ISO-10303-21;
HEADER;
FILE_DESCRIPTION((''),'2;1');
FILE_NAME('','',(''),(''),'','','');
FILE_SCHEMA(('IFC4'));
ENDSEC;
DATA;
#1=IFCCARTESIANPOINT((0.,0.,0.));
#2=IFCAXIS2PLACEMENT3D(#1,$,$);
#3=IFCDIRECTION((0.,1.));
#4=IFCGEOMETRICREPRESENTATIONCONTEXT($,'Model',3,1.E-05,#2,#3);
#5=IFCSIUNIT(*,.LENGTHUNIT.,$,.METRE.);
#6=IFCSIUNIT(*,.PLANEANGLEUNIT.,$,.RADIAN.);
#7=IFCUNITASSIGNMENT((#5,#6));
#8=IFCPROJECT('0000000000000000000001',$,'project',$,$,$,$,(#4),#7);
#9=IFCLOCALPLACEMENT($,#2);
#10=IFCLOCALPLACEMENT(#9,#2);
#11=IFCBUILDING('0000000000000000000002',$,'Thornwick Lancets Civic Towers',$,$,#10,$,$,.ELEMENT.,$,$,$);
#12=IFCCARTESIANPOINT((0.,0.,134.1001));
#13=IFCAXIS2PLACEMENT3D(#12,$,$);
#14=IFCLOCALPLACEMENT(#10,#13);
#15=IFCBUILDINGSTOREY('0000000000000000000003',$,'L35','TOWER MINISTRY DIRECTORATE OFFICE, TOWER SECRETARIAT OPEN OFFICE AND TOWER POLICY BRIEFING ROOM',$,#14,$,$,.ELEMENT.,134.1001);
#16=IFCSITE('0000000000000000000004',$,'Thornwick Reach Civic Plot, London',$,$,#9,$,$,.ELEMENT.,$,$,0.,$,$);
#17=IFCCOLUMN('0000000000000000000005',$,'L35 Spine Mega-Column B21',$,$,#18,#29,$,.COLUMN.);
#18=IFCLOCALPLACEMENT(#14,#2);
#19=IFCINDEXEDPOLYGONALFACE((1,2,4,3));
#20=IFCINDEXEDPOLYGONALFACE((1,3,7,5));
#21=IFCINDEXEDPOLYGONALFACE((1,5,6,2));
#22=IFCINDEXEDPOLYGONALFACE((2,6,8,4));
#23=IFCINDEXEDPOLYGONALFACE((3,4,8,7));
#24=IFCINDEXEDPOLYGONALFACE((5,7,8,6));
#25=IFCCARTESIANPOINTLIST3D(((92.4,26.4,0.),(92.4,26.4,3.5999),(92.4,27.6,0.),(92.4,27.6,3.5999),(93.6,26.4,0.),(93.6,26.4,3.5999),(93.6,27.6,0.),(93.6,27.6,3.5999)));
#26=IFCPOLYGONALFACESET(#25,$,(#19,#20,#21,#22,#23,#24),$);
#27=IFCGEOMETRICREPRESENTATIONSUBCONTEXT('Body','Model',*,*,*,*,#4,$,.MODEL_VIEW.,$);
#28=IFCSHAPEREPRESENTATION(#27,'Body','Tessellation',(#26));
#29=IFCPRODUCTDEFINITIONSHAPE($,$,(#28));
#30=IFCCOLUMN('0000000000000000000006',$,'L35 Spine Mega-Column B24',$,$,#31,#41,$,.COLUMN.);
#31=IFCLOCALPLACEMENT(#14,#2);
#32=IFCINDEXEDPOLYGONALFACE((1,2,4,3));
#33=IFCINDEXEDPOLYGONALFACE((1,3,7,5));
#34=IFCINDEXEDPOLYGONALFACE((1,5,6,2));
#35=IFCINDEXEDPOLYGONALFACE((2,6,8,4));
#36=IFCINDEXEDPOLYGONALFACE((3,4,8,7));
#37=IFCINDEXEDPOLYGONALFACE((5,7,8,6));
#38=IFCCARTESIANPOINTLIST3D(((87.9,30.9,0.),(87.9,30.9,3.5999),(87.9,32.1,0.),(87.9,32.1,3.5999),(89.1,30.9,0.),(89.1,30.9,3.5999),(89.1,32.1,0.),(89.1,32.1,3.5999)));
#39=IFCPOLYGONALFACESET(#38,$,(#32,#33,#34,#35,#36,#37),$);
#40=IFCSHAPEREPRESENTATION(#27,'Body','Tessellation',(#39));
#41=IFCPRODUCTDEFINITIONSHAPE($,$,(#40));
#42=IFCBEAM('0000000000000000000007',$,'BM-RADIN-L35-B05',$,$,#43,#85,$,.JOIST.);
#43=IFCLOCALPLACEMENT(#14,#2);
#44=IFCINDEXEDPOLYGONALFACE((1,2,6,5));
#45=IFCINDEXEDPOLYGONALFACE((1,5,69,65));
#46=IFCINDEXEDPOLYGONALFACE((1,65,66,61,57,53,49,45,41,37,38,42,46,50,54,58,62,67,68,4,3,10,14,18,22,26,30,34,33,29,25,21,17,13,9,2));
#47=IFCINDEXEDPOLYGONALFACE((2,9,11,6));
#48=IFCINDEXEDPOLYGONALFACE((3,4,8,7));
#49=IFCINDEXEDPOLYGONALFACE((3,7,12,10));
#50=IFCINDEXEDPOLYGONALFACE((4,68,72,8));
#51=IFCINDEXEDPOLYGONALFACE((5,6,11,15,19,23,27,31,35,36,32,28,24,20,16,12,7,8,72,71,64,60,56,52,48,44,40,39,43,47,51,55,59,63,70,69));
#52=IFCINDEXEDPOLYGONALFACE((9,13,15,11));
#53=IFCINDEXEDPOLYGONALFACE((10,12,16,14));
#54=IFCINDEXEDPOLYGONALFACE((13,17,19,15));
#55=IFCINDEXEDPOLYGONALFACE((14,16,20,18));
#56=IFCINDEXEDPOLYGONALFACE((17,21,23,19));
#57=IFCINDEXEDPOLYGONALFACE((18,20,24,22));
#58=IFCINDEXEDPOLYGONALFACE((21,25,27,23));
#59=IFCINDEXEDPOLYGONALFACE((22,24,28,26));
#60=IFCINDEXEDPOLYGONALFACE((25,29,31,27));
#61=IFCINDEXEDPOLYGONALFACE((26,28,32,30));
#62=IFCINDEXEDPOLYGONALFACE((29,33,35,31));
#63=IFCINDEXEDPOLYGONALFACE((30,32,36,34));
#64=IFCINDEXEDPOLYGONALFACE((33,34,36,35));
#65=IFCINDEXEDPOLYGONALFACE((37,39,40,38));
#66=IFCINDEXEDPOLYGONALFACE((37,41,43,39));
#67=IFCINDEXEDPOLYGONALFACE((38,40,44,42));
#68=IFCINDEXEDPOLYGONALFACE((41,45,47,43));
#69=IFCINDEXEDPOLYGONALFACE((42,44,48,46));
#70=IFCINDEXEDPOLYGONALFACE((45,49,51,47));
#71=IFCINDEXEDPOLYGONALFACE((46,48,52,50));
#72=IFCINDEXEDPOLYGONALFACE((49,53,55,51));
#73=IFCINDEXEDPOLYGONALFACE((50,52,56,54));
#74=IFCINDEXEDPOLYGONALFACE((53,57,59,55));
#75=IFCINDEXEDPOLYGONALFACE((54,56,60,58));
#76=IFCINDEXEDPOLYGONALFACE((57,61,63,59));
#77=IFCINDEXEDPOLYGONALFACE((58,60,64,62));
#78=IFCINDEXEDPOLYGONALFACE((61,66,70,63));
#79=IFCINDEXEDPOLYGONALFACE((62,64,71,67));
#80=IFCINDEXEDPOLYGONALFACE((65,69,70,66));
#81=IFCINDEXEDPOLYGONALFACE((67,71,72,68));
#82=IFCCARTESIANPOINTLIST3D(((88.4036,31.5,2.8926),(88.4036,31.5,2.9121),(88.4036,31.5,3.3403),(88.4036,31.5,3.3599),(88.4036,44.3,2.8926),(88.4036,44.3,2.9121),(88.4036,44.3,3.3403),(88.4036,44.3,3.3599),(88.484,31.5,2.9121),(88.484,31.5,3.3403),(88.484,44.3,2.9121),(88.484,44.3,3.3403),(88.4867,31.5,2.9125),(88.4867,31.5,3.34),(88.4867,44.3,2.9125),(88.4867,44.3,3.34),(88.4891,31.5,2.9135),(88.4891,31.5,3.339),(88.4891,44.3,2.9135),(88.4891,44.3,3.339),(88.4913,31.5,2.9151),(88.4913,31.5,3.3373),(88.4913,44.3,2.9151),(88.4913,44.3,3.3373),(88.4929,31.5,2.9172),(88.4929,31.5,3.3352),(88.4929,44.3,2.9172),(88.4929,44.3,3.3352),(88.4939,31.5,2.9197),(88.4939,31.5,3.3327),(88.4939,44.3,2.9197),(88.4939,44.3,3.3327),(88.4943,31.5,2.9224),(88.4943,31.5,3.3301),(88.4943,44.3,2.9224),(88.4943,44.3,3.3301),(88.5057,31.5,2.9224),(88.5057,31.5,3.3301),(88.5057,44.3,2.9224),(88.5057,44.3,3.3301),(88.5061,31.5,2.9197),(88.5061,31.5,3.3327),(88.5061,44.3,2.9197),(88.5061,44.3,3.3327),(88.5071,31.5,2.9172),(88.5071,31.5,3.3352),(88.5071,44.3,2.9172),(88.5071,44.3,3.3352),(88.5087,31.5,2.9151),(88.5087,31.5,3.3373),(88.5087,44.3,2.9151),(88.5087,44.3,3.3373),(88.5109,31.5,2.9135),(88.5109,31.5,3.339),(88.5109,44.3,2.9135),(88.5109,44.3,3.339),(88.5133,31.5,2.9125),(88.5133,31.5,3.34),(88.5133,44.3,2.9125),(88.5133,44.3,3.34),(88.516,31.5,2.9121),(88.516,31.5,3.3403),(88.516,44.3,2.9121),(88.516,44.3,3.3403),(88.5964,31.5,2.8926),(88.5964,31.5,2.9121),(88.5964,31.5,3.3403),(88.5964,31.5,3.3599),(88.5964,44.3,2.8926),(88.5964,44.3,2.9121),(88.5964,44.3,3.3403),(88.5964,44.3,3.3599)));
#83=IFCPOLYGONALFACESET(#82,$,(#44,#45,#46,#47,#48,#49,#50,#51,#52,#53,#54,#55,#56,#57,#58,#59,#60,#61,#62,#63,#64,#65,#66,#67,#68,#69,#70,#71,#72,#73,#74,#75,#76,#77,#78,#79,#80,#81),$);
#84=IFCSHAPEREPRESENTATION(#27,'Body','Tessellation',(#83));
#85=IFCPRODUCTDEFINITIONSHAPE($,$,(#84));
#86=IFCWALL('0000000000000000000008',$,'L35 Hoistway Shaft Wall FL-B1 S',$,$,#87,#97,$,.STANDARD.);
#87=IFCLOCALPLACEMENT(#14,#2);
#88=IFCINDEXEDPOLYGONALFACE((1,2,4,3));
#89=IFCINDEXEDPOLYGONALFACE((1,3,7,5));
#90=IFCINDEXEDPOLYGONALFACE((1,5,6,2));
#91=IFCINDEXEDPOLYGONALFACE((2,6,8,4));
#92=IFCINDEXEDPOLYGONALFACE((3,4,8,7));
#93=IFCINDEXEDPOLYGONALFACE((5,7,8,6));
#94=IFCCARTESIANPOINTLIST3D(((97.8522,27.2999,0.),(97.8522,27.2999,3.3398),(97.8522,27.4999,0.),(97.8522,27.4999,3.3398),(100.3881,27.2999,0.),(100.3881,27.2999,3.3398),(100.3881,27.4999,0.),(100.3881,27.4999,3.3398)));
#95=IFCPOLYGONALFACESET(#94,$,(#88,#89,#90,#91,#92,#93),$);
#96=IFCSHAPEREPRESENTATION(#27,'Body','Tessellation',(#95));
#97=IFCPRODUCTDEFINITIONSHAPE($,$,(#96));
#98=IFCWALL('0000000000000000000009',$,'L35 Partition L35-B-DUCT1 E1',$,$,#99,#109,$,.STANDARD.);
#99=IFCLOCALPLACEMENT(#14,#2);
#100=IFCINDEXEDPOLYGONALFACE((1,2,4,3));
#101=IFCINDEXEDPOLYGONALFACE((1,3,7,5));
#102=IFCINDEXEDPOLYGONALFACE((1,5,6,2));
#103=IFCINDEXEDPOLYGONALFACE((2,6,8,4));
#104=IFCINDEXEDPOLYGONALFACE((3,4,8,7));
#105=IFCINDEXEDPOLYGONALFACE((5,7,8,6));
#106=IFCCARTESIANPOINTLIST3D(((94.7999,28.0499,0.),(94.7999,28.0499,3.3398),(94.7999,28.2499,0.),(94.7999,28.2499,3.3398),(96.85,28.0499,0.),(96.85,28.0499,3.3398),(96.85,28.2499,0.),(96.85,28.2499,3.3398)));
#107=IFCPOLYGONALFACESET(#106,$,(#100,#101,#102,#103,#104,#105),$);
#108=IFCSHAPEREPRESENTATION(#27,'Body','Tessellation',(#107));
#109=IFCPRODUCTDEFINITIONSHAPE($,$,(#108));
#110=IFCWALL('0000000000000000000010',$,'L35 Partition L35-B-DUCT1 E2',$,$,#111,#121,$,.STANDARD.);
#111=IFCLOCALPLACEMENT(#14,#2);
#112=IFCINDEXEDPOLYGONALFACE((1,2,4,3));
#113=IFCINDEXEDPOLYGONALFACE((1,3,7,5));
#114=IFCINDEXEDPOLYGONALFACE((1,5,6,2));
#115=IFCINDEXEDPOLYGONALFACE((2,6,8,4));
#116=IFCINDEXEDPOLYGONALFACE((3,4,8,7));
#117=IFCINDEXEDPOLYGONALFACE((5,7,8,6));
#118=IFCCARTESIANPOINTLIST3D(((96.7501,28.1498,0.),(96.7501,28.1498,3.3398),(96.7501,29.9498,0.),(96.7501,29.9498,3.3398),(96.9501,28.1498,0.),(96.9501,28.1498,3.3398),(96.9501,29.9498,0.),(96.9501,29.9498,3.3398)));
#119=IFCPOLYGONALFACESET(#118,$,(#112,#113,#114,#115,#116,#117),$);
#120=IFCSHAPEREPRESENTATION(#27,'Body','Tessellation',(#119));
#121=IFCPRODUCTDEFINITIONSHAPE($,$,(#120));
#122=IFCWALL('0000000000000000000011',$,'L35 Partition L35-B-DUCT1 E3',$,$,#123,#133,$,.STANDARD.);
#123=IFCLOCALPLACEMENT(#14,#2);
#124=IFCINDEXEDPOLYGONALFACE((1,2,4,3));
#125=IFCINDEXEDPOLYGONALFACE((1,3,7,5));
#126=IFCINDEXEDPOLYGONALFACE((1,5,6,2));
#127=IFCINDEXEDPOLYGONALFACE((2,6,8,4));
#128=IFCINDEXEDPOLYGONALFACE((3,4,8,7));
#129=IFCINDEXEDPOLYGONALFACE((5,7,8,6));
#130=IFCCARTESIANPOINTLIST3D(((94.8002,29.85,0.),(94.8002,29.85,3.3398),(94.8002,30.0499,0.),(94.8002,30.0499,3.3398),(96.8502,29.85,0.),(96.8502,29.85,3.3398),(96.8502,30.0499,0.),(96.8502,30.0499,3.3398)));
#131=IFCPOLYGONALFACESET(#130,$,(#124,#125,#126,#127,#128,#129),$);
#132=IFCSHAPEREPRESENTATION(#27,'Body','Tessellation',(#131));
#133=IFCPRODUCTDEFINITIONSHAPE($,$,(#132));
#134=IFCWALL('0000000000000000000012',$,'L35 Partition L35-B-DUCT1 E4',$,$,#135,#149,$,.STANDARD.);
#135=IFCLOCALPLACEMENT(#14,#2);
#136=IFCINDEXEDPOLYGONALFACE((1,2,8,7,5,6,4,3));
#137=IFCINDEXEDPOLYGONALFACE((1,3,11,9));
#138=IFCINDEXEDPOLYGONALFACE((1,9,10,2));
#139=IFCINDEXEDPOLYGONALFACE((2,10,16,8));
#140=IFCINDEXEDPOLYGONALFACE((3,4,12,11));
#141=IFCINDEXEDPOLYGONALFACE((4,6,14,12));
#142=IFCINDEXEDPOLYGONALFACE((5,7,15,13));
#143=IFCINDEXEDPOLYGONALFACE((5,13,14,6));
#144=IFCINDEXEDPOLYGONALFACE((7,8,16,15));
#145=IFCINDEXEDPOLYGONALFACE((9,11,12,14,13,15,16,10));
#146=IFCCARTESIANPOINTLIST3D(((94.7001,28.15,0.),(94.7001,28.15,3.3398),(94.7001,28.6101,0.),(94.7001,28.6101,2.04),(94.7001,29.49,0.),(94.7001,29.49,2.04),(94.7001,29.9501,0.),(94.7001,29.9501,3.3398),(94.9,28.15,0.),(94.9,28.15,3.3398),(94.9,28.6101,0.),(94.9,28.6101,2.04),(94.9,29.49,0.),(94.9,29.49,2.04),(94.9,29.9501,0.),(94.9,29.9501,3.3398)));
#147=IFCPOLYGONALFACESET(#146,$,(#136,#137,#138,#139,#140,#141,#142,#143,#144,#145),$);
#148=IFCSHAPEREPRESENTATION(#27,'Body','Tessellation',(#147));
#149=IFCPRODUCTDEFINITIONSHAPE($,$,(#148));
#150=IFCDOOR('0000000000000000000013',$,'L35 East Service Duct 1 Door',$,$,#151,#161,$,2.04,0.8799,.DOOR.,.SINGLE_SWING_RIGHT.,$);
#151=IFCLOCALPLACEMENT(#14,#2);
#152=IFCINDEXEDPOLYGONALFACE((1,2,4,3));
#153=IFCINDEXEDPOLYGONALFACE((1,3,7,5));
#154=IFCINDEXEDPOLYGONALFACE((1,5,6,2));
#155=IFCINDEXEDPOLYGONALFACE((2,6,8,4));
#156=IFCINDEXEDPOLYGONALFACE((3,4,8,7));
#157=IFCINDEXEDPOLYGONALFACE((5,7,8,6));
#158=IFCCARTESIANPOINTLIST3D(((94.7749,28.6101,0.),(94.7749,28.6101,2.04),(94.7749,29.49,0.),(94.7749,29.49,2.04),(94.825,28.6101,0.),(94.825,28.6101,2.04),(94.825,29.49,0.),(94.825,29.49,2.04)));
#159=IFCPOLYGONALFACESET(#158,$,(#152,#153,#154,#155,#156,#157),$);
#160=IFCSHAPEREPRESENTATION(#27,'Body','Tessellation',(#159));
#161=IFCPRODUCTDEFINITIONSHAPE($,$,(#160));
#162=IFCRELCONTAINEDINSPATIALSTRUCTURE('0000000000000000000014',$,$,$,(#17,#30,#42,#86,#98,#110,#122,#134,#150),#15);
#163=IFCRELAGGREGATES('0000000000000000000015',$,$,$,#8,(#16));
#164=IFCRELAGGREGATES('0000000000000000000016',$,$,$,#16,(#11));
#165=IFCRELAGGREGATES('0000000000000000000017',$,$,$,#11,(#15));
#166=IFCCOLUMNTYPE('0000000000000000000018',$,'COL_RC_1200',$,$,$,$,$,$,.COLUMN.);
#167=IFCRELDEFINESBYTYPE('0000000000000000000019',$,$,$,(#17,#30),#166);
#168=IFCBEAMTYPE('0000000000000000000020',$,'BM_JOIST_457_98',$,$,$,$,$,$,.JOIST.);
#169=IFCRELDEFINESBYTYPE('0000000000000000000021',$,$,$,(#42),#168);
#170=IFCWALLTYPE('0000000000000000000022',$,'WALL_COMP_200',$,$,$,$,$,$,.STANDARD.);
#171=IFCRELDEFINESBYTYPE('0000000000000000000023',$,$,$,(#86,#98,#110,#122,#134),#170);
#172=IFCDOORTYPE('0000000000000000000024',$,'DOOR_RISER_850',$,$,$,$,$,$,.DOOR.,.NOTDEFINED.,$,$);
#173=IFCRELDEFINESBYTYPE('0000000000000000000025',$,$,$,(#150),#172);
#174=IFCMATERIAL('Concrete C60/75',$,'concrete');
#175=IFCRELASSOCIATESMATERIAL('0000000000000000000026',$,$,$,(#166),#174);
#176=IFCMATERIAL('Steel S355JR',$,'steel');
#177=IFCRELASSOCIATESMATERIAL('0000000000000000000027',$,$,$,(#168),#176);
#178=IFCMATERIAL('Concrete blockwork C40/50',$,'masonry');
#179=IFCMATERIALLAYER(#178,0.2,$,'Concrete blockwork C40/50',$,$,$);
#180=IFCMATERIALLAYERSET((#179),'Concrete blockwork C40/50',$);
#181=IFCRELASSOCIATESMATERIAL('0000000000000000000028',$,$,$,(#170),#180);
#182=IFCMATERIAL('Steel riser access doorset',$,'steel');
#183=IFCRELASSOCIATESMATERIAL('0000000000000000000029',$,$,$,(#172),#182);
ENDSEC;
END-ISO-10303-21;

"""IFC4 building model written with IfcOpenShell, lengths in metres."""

from ifc_helpers import new_model, si_unit, direction, frame, frame_2d, origin, origin_2d, place, context, subcontext, project, spatial, rectangle, i_section, extrude, material, layer, layer_set, material_profile, profile_set, type_object, element, fill, save


model = new_model("IFC4")

# Units and contexts
model_context = context("Model", 3, precision=1e-05, world=origin(), true_north=direction((0.0, 1.0)))
body_context = subcontext(model_context, "Body", "Model", "MODEL_VIEW")
ifc_project = project(units=[si_unit("LENGTHUNIT", "METRE"), si_unit("PLANEANGLEUNIT", "RADIAN")], contexts=[model_context])

# Site, building, storey
site_placement = place(None, origin())
site = spatial("IfcSite", under=ifc_project, at=site_placement, Name="Thornwick Reach Civic Plot, London", CompositionType="ELEMENT", RefElevation=0.0)
building_placement = place(site_placement, origin())
building = spatial("IfcBuilding", under=site, at=building_placement, Name="Thornwick Lancets Civic Towers", CompositionType="ELEMENT")
storey_placement = place(building_placement, frame((0.0, 0.0, 134.1001)))
storey = spatial("IfcBuildingStorey", under=building, at=storey_placement, Name="L35", Description="TOWER MINISTRY DIRECTORATE OFFICE, TOWER SECRETARIAT OPEN OFFICE AND TOWER POLICY BRIEFING ROOM", CompositionType="ELEMENT", Elevation=134.1001)

# Columns
ifc_material_1 = material(Name="Concrete C60/75", Category="concrete")
ifc_material_profile_1 = material_profile(ifc_material_1, rectangle(XDim=1.2, YDim=1.2, at=origin_2d()), Name="RC 1200x1200")
ifc_profile_set_1 = profile_set([ifc_material_profile_1], Name="Concrete C60/75")
column_type = type_object("IfcColumnType", Name="COL_RC_1200", PredefinedType="COLUMN", material=ifc_profile_set_1)
for number, where, z_axis, x_axis, name in (
    (1, (93.0, 27.0, 0.0), (0.0, 0.0, 1.0), (1.0, 0.0, 0.0), "L35 Spine Mega-Column B21"),
    (2, (88.5, 31.5, 0.0), (0.0, 0.0, 1.0), (1.0, 0.0, 0.0), "L35 Spine Mega-Column B24"),
):
    element("IfcColumn", number, at=place(storey_placement, frame(where, z_axis=z_axis, x_axis=x_axis)), inside=storey, type_object=column_type, Name=name, PredefinedType="COLUMN", context=body_context, shape_type="SweptSolid", body=[
        extrude(rectangle(XDim=1.2, YDim=1.2, at=origin_2d()), origin(), (0.0, 0.0, 1.0), 3.5999),
    ])

# Beam
ifc_material_2 = material(Name="Steel S355JR", Category="steel")
ifc_material_profile_2 = material_profile(ifc_material_2, i_section(OverallWidth=0.1929, OverallDepth=0.4673, WebThickness=0.0115, FlangeThickness=0.0195, FilletRadius=0.0103, at=origin_2d()), Name="UKB 457x191x98")
ifc_profile_set_2 = profile_set([ifc_material_profile_2], Name="Steel S355JR")
beam_type = type_object("IfcBeamType", Name="BM_JOIST_457_98", PredefinedType="JOIST", material=ifc_profile_set_2)
beam_placement = place(storey_placement, frame((88.5, 31.5, 3.1262), z_axis=(0.0, 1.0, 0.0), x_axis=(-1.0, 0.0, 0.0)))
element("IfcBeam", 3, at=beam_placement, inside=storey, type_object=beam_type, Name="BM-RADIN-L35-B05", PredefinedType="JOIST", context=body_context, shape_type="SweptSolid", body=[
    extrude(i_section(OverallWidth=0.1929, OverallDepth=0.4673, WebThickness=0.0115, FlangeThickness=0.0195, FilletRadius=0.0103, at=origin_2d()), origin(), (0.0, 0.0, 1.0), 12.8),
])

# Walls
ifc_material_3 = material(Name="Concrete blockwork C40/50", Category="masonry")
ifc_layer_1 = layer(ifc_material_3, 0.2, Name="Concrete blockwork C40/50")
ifc_layer_set_1 = layer_set([ifc_layer_1], Name="Concrete blockwork C40/50")
wall_type_1 = type_object("IfcWallType", Name="WALL_COMP_200", PredefinedType="STANDARD", material=ifc_layer_set_1)
wall_1_placement = place(storey_placement, frame((97.8521, 27.3999, 0.0), z_axis=(0.0, 0.0, 1.0), x_axis=(1.0, 0.0, 0.0)))
element("IfcWall", 4, at=wall_1_placement, inside=storey, type_object=wall_type_1, Name="L35 Hoistway Shaft Wall FL-B1 S", PredefinedType="STANDARD", context=body_context, shape_type="SweptSolid", body=[
    extrude(rectangle(XDim=2.5359, YDim=0.2, at=frame_2d((1.2681, 0.0))), origin(), (0.0, 0.0, 1.0), 3.3398),
])
wall_2_placement = place(storey_placement, frame((94.8, 28.1499, 0.0), z_axis=(0.0, 0.0, 1.0), x_axis=(1.0, 0.0, 0.0)))
element("IfcWall", 5, at=wall_2_placement, inside=storey, type_object=wall_type_1, Name="L35 Partition L35-B-DUCT1 E1", PredefinedType="STANDARD", context=body_context, shape_type="SweptSolid", body=[
    extrude(rectangle(XDim=2.05, YDim=0.2, at=frame_2d((1.0249, 0.0))), origin(), (0.0, 0.0, 1.0), 3.3398),
])
wall_3_placement = place(storey_placement, frame((96.8501, 28.1499, 0.0), z_axis=(0.0, 0.0, 1.0), x_axis=(0.0, 1.0, 0.0)))
element("IfcWall", 6, at=wall_3_placement, inside=storey, type_object=wall_type_1, Name="L35 Partition L35-B-DUCT1 E2", PredefinedType="STANDARD", context=body_context, shape_type="SweptSolid", body=[
    extrude(rectangle(XDim=1.8, YDim=0.2, at=frame_2d((0.8999, 0.0))), origin(), (0.0, 0.0, 1.0), 3.3398),
])
wall_4_placement = place(storey_placement, frame((96.8501, 29.95, 0.0), z_axis=(0.0, 0.0, 1.0), x_axis=(-1.0, 0.0, 0.0)))
element("IfcWall", 7, at=wall_4_placement, inside=storey, type_object=wall_type_1, Name="L35 Partition L35-B-DUCT1 E3", PredefinedType="STANDARD", context=body_context, shape_type="SweptSolid", body=[
    extrude(rectangle(XDim=2.05, YDim=0.2, at=frame_2d((1.0249, 0.0))), origin(), (0.0, 0.0, 1.0), 3.3398),
])

# Wall, opening, door
wall_5_placement = place(storey_placement, frame((94.8, 29.95, 0.0), z_axis=(0.0, 0.0, 1.0), x_axis=(0.0, -1.0, 0.0)))
wall_5 = element("IfcWall", 8, at=wall_5_placement, inside=storey, type_object=wall_type_1, Name="L35 Partition L35-B-DUCT1 E4", PredefinedType="STANDARD", context=body_context, shape_type="SweptSolid", body=[
    extrude(rectangle(XDim=1.8, YDim=0.2, at=frame_2d((0.8999, 0.0))), origin(), (0.0, 0.0, 1.0), 3.3398),
])
opening_1_placement = place(wall_5_placement, frame((0.46, 0.0, 0.0)))
opening_1 = element("IfcOpeningElement", 9, at=opening_1_placement, cuts=wall_5, PredefinedType="OPENING", context=body_context, shape_type="SweptSolid", body=[
    extrude(rectangle(XDim=0.8799, YDim=2.04, at=frame_2d((0.4399, 1.02))), frame((0.0, 0.1099, 0.0), z_axis=(0.0, -1.0, 0.0), x_axis=(1.0, 0.0, 0.0)), (0.0, 0.0, 1.0), 0.22),
])
ifc_material_4 = material(Name="Steel riser access doorset", Category="steel")
door_type_1 = type_object("IfcDoorType", Name="DOOR_RISER_850", OperationType="NOTDEFINED", PredefinedType="DOOR", material=ifc_material_4)
door_1_placement = place(opening_1_placement, origin())
door_1 = element("IfcDoor", 10, at=door_1_placement, inside=storey, type_object=door_type_1, Name="L35 East Service Duct 1 Door", OperationType="SINGLE_SWING_RIGHT", OverallHeight=2.04, OverallWidth=0.8799, PredefinedType="DOOR", context=body_context, shape_type="SweptSolid", body=[
    extrude(rectangle(XDim=0.8799, YDim=2.04, at=frame_2d((0.4399, 1.02))), frame((0.0, 0.0249, 0.0), z_axis=(0.0, -1.0, 0.0), x_axis=(1.0, 0.0, 0.0)), (0.0, 0.0, 1.0), 0.05),
])
fill(opening_1, door_1)

save(model, "model.ifc")
